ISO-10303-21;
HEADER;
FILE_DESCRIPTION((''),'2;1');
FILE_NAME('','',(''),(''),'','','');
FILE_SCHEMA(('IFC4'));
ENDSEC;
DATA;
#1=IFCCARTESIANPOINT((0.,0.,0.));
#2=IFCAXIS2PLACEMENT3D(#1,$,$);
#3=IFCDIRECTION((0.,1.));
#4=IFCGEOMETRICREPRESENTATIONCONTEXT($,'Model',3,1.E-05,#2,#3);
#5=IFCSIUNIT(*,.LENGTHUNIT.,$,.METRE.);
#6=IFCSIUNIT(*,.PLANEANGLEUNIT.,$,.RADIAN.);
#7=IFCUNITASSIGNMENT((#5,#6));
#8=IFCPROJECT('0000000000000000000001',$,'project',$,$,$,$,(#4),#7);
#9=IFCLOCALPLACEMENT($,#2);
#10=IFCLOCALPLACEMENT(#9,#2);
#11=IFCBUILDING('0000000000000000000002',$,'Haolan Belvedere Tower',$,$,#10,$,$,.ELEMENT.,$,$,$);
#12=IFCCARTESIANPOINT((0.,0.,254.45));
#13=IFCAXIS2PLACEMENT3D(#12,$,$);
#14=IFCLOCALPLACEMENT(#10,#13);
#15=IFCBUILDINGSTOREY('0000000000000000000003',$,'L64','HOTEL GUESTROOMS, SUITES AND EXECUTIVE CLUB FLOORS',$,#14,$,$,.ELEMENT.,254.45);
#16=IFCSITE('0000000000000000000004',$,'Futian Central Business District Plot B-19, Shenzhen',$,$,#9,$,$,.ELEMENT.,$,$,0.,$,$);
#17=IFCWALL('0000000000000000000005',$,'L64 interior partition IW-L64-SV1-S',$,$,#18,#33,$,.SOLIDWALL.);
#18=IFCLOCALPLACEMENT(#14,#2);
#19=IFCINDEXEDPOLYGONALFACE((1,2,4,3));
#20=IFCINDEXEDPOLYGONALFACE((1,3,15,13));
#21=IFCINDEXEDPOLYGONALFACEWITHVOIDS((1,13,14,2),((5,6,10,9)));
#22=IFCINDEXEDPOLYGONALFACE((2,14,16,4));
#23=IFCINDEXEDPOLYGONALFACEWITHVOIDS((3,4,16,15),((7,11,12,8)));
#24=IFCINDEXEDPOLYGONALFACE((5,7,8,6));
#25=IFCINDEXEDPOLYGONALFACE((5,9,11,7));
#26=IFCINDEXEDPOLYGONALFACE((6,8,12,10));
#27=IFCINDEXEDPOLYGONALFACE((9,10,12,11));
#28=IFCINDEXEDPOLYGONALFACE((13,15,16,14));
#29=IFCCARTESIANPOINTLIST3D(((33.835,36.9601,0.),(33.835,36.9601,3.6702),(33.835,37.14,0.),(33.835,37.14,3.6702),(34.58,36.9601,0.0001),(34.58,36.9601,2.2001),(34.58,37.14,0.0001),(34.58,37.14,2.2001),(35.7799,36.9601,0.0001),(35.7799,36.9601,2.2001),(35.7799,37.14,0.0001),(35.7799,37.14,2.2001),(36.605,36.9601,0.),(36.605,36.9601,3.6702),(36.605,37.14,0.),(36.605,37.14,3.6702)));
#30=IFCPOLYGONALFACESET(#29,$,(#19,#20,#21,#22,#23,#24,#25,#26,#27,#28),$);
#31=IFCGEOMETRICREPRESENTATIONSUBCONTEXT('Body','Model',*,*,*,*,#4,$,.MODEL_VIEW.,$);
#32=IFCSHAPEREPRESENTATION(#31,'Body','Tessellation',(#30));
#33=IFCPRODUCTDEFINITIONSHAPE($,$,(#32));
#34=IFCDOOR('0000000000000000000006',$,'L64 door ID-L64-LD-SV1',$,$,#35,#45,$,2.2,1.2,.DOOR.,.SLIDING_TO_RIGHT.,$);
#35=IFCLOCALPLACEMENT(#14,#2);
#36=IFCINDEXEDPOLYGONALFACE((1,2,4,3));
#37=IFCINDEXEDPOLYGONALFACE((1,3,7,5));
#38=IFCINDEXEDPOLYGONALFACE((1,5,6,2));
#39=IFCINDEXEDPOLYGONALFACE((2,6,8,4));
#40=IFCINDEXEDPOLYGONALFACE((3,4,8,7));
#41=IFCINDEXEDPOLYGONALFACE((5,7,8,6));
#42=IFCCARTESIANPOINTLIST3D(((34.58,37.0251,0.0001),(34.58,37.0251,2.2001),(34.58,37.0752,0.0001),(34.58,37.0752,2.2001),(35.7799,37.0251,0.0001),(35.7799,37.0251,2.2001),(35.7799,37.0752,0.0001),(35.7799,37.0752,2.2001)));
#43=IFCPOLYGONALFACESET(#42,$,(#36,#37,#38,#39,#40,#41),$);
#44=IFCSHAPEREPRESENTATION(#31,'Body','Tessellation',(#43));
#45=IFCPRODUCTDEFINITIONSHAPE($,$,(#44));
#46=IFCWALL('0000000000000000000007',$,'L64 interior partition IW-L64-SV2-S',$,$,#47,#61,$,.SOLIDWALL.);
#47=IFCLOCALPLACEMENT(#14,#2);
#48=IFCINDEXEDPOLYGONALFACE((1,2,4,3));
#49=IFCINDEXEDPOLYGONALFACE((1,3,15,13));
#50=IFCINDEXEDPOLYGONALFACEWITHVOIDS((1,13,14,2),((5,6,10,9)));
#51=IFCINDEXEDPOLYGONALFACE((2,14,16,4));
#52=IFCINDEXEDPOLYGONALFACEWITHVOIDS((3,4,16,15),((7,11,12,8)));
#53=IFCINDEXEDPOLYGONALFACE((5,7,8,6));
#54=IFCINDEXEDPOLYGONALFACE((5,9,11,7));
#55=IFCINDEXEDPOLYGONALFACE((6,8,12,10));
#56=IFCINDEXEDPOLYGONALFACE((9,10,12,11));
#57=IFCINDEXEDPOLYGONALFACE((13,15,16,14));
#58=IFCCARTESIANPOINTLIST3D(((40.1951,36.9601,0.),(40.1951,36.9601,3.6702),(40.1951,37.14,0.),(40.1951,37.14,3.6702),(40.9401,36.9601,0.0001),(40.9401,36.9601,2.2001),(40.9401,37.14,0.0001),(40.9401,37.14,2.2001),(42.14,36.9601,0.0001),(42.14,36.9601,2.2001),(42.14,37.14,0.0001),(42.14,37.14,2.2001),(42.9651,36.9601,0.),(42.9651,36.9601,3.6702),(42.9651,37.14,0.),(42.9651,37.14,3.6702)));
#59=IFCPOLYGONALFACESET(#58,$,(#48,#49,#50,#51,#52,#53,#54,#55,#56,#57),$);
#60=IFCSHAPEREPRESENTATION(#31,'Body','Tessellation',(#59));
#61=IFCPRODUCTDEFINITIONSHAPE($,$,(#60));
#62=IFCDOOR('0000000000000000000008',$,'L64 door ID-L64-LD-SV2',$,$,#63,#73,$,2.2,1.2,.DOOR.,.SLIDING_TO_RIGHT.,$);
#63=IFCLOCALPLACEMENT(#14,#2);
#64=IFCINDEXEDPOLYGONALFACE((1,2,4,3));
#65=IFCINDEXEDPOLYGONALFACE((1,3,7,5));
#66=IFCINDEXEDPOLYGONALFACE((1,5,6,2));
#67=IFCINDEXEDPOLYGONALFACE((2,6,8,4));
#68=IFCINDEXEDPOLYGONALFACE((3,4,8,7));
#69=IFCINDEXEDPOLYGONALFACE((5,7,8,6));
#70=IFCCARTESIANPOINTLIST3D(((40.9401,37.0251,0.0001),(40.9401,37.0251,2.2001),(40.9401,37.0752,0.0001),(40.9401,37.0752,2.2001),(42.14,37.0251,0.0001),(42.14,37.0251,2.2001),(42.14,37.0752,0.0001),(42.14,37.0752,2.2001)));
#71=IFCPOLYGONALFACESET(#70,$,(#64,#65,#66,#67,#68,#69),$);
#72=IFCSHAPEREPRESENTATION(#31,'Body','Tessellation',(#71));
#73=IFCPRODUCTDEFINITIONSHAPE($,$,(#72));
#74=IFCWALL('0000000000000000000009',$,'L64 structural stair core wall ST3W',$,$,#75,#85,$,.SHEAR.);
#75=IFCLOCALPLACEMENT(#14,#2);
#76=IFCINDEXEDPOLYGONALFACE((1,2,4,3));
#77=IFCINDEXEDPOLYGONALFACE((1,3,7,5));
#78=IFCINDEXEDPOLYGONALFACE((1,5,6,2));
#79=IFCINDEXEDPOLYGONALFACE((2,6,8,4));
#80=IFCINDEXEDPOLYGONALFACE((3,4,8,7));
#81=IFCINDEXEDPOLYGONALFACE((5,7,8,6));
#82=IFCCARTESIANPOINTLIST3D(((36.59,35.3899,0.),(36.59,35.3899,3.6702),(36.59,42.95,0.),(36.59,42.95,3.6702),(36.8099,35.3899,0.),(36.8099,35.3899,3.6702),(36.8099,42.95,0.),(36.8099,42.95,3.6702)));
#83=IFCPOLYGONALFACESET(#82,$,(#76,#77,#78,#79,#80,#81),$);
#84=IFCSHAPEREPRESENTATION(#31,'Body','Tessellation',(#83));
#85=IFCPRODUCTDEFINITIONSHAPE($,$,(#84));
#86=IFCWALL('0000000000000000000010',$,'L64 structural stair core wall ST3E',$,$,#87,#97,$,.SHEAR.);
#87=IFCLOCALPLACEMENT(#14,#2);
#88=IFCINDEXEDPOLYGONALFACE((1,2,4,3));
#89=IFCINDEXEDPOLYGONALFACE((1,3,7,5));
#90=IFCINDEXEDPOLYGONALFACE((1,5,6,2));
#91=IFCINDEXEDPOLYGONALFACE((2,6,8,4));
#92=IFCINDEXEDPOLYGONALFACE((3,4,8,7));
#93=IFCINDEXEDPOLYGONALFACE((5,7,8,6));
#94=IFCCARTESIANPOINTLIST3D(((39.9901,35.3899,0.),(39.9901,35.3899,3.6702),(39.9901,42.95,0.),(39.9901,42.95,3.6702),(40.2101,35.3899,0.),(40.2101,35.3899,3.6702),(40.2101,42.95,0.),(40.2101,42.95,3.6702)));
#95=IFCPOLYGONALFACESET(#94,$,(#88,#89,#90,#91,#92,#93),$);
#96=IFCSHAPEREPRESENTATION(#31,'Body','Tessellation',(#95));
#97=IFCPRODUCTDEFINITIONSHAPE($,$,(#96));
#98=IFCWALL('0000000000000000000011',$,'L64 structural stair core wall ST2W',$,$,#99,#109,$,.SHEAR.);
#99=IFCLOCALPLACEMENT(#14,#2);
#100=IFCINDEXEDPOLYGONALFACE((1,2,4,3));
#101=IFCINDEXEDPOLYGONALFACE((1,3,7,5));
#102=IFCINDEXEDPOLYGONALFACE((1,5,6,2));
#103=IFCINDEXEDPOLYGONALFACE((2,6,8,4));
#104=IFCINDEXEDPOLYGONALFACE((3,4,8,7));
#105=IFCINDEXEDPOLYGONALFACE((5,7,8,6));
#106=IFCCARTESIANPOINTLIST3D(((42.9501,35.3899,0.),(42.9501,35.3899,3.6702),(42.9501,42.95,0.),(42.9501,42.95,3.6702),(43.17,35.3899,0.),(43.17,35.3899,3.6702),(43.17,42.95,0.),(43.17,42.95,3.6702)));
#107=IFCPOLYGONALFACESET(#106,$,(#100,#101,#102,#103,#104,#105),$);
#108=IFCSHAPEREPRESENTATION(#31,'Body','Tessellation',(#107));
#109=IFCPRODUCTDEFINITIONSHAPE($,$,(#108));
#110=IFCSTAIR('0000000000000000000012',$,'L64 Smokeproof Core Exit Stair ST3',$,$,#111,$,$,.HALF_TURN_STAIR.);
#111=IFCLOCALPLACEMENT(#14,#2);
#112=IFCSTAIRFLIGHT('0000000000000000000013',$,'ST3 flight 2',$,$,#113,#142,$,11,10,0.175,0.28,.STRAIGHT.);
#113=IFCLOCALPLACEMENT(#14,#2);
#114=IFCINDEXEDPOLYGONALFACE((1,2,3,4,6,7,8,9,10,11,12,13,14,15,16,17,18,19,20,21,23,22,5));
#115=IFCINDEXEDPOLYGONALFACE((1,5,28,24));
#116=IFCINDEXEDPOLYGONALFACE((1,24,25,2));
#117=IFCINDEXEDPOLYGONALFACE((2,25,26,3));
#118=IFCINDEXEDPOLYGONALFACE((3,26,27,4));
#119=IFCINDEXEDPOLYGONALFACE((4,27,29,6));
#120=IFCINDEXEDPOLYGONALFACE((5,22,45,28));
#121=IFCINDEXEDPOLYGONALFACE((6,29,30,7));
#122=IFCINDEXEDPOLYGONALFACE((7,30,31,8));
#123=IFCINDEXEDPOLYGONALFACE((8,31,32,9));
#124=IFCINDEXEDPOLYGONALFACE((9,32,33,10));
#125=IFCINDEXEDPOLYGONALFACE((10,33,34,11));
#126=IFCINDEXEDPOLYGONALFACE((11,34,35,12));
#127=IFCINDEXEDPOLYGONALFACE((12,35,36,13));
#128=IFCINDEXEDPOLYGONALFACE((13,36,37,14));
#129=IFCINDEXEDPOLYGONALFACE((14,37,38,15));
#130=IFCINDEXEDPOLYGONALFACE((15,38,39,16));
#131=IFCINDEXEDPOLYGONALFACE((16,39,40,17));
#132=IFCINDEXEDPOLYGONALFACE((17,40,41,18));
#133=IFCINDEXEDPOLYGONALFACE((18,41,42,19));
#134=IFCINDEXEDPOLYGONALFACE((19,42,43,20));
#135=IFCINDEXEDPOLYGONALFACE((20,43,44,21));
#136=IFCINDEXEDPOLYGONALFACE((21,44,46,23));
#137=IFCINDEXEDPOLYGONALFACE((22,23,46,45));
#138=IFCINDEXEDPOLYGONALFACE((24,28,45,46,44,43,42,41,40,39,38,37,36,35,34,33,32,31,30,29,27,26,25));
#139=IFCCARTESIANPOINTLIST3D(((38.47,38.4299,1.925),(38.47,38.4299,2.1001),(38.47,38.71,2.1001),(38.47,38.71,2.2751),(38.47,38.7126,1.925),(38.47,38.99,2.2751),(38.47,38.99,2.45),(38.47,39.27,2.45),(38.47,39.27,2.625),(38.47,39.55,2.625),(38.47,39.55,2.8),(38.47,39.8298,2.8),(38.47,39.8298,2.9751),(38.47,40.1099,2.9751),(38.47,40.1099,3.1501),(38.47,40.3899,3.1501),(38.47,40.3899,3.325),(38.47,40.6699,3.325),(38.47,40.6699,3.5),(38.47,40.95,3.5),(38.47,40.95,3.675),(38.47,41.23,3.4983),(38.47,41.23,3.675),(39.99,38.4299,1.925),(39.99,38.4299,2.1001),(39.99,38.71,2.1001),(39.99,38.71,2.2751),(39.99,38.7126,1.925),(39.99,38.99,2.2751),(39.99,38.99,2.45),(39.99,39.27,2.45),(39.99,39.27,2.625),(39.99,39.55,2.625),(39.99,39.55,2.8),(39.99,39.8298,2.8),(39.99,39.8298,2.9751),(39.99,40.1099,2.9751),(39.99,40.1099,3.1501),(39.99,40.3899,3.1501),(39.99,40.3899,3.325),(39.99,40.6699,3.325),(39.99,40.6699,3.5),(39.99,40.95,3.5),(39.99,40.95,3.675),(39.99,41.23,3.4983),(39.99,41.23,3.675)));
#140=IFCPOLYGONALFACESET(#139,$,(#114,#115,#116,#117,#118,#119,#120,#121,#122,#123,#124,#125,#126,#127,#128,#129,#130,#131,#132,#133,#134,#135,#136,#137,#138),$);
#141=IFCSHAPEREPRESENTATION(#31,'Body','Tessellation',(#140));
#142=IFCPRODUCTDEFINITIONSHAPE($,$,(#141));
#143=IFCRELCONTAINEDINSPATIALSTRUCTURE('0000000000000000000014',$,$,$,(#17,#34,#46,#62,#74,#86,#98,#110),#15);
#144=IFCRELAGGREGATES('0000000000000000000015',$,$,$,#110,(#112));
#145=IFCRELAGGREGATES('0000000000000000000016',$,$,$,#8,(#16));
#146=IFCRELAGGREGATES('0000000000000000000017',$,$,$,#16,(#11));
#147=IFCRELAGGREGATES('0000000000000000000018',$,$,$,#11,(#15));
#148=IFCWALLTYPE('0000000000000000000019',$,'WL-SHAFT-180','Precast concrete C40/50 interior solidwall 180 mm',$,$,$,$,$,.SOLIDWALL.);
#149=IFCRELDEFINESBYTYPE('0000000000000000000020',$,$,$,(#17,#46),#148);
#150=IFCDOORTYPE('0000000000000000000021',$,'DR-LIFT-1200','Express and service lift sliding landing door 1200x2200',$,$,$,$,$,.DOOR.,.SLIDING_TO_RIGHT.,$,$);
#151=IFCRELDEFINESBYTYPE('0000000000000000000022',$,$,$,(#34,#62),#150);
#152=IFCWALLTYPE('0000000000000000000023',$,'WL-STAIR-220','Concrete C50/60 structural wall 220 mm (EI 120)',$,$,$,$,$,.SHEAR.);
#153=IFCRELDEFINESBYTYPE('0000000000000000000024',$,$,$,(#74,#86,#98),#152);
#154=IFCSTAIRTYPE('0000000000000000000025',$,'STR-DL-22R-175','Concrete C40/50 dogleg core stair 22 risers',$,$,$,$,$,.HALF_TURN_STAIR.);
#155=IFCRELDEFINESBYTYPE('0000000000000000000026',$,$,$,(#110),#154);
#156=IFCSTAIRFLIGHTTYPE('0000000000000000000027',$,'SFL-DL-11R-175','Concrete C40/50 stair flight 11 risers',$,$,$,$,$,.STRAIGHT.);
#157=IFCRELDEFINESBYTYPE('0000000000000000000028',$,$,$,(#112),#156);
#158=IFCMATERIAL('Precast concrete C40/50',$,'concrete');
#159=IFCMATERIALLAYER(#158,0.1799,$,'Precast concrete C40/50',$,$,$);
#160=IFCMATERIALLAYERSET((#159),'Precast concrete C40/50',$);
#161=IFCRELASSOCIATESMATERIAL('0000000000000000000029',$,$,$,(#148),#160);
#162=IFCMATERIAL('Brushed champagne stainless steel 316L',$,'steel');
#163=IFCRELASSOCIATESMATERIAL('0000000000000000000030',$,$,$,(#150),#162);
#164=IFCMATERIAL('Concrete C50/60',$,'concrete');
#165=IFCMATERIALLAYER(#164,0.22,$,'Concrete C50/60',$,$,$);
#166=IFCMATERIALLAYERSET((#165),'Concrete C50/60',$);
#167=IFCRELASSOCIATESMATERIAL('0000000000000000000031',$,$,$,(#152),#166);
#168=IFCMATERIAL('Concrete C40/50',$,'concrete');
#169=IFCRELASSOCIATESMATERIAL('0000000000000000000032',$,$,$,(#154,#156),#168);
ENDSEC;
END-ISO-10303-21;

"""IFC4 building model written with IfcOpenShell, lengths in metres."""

from ifc_helpers import new_model, si_unit, direction, frame, frame_2d, origin, place, context, subcontext, project, spatial, polyline, rectangle, outline, extrude, material, layer, layer_set, type_object, element, fill, aggregate, save


model = new_model("IFC4")

# Units and contexts
model_context = context("Model", 3, precision=1e-05, world=origin(), true_north=direction((0.0, 1.0)))
body_context = subcontext(model_context, "Body", "Model", "MODEL_VIEW")
ifc_project = project(units=[si_unit("LENGTHUNIT", "METRE"), si_unit("PLANEANGLEUNIT", "RADIAN")], contexts=[model_context])

# Site, building, storey
site_placement = place(None, origin())
site = spatial("IfcSite", under=ifc_project, at=site_placement, Name="Futian Central Business District Plot B-19, Shenzhen", CompositionType="ELEMENT", RefElevation=0.0)
building_placement = place(site_placement, origin())
building = spatial("IfcBuilding", under=site, at=building_placement, Name="Haolan Belvedere Tower", CompositionType="ELEMENT")
storey_placement = place(building_placement, frame((0.0, 0.0, 254.45)))
storey = spatial("IfcBuildingStorey", under=building, at=storey_placement, Name="L64", Description="HOTEL GUESTROOMS, SUITES AND EXECUTIVE CLUB FLOORS", CompositionType="ELEMENT", Elevation=254.45)

# Shared definitions
ifc_material_1 = material(Name="Brushed champagne stainless steel 316L", Category="steel")

# Walls, openings, doors
ifc_material_2 = material(Name="Precast concrete C40/50", Category="concrete")
ifc_layer_1 = layer(ifc_material_2, 0.1799, Name="Precast concrete C40/50")
ifc_layer_set_1 = layer_set([ifc_layer_1], Name="Precast concrete C40/50")
wall_type_1 = type_object("IfcWallType", Name="WL-SHAFT-180", Description="Precast concrete C40/50 interior solidwall 180 mm", PredefinedType="SOLIDWALL", material=ifc_layer_set_1)
wall_1_placement = place(storey_placement, frame((33.835, 37.05, 0.0), z_axis=(0.0, 0.0, 1.0), x_axis=(1.0, 0.0, 0.0)))
wall_1 = element("IfcWall", 1, at=wall_1_placement, inside=storey, type_object=wall_type_1, Name="L64 interior partition IW-L64-SV1-S", PredefinedType="SOLIDWALL", context=body_context, shape_type="SweptSolid", body=[
    extrude(rectangle(XDim=2.77, YDim=0.1799, at=frame_2d((1.385, 0.0))), origin(), (0.0, 0.0, 1.0), 3.6702),
])
opening_1_placement = place(wall_1_placement, frame((1.9451, 0.0, 0.0), z_axis=(0.0, 0.0, 1.0), x_axis=(-1.0, 0.0, 0.0)))
opening_1 = element("IfcOpeningElement", 2, at=opening_1_placement, cuts=wall_1, PredefinedType="OPENING", context=body_context, shape_type="SweptSolid", body=[
    extrude(rectangle(XDim=1.2, YDim=2.2, at=frame_2d((0.6001, 1.1001))), frame((0.0, 0.0999, 0.0), z_axis=(0.0, -1.0, 0.0), x_axis=(1.0, 0.0, 0.0)), (0.0, 0.0, 1.0), 0.2),
])
door_type_1 = type_object("IfcDoorType", Name="DR-LIFT-1200", Description="Express and service lift sliding landing door 1200x2200", OperationType="SLIDING_TO_RIGHT", PredefinedType="DOOR", material=ifc_material_1)
door_1_placement = place(opening_1_placement, origin())
door_1 = element("IfcDoor", 3, at=door_1_placement, inside=storey, type_object=door_type_1, Name="L64 door ID-L64-LD-SV1", OperationType="SLIDING_TO_RIGHT", OverallHeight=2.2, OverallWidth=1.2, PredefinedType="DOOR", context=body_context, shape_type="SweptSolid", body=[
    extrude(rectangle(XDim=1.2, YDim=2.2, at=frame_2d((0.6001, 1.1001))), frame((0.0, 0.0249, 0.0), z_axis=(0.0, -1.0, 0.0), x_axis=(1.0, 0.0, 0.0)), (0.0, 0.0, 1.0), 0.05),
])
fill(opening_1, door_1)
wall_2_placement = place(storey_placement, frame((40.1951, 37.05, 0.0), z_axis=(0.0, 0.0, 1.0), x_axis=(1.0, 0.0, 0.0)))
wall_2 = element("IfcWall", 4, at=wall_2_placement, inside=storey, type_object=wall_type_1, Name="L64 interior partition IW-L64-SV2-S", PredefinedType="SOLIDWALL", context=body_context, shape_type="SweptSolid", body=[
    extrude(rectangle(XDim=2.77, YDim=0.1799, at=frame_2d((1.385, 0.0))), origin(), (0.0, 0.0, 1.0), 3.6702),
])
opening_2_placement = place(wall_2_placement, frame((1.9451, 0.0, 0.0), z_axis=(0.0, 0.0, 1.0), x_axis=(-1.0, 0.0, 0.0)))
opening_2 = element("IfcOpeningElement", 5, at=opening_2_placement, cuts=wall_2, PredefinedType="OPENING", context=body_context, shape_type="SweptSolid", body=[
    extrude(rectangle(XDim=1.2, YDim=2.2, at=frame_2d((0.6001, 1.1001))), frame((0.0, 0.0999, 0.0), z_axis=(0.0, -1.0, 0.0), x_axis=(1.0, 0.0, 0.0)), (0.0, 0.0, 1.0), 0.2),
])
door_2_placement = place(opening_2_placement, origin())
door_2 = element("IfcDoor", 6, at=door_2_placement, inside=storey, type_object=door_type_1, Name="L64 door ID-L64-LD-SV2", OperationType="SLIDING_TO_RIGHT", OverallHeight=2.2, OverallWidth=1.2, PredefinedType="DOOR", context=body_context, shape_type="SweptSolid", body=[
    extrude(rectangle(XDim=1.2, YDim=2.2, at=frame_2d((0.6001, 1.1001))), frame((0.0, 0.0249, 0.0), z_axis=(0.0, -1.0, 0.0), x_axis=(1.0, 0.0, 0.0)), (0.0, 0.0, 1.0), 0.05),
])
fill(opening_2, door_2)

# Walls
ifc_material_3 = material(Name="Concrete C50/60", Category="concrete")
ifc_layer_2 = layer(ifc_material_3, 0.22, Name="Concrete C50/60")
ifc_layer_set_2 = layer_set([ifc_layer_2], Name="Concrete C50/60")
wall_type_2 = type_object("IfcWallType", Name="WL-STAIR-220", Description="Concrete C50/60 structural wall 220 mm (EI 120)", PredefinedType="SHEAR", material=ifc_layer_set_2)
for number, where, z_axis, x_axis, name in (
    (7, (36.7, 35.3899, 0.0), (0.0, 0.0, 1.0), (0.0, 1.0, 0.0), "L64 structural stair core wall ST3W"),
    (8, (40.1001, 35.3899, 0.0), (0.0, 0.0, 1.0), (0.0, 1.0, 0.0), "L64 structural stair core wall ST3E"),
    (9, (43.0601, 35.3899, 0.0), (0.0, 0.0, 1.0), (0.0, 1.0, 0.0), "L64 structural stair core wall ST2W"),
):
    element("IfcWall", number, at=place(storey_placement, frame(where, z_axis=z_axis, x_axis=x_axis)), inside=storey, type_object=wall_type_2, Name=name, PredefinedType="SHEAR", context=body_context, shape_type="SweptSolid", body=[
        extrude(rectangle(XDim=7.5601, YDim=0.22, at=frame_2d((3.78, 0.0))), origin(), (0.0, 0.0, 1.0), 3.6702),
    ])

# Stair, stair flight
ifc_material_4 = material(Name="Concrete C40/50", Category="concrete")
stair_type = type_object("IfcStairType", Name="STR-DL-22R-175", Description="Concrete C40/50 dogleg core stair 22 risers", PredefinedType="HALF_TURN_STAIR", material=ifc_material_4)
stair_placement = place(storey_placement, origin())
stair = element("IfcStair", 10, at=stair_placement, inside=storey, type_object=stair_type, Name="L64 Smokeproof Core Exit Stair ST3", PredefinedType="HALF_TURN_STAIR")
stair_flight_type = type_object("IfcStairFlightType", Name="SFL-DL-11R-175", Description="Concrete C40/50 stair flight 11 risers", PredefinedType="STRAIGHT", material=ifc_material_4)
stair_flight_placement = place(storey_placement, frame((39.23, 38.4299, 1.925), z_axis=(0.0, 0.0, 1.0), x_axis=(0.0, 1.0, 0.0)))
stair_flight = element("IfcStairFlight", 11, at=stair_flight_placement, type_object=stair_flight_type, Name="ST3 flight 2", NumberOfRisers=11, NumberOfTreads=10, PredefinedType="STRAIGHT", RiserHeight=0.175, TreadLength=0.28, context=body_context, shape_type="SweptSolid", body=[
    extrude(outline(polyline([(0.0, 0.0), (0.0, 0.175), (0.28, 0.175), (0.28, 0.3501), (0.5601, 0.3501), (0.5601, 0.5249), (0.8401, 0.5249), (0.8401, 0.7), (1.1201, 0.7), (1.1201, 0.875), (1.3999, 0.875), (1.3999, 1.05), (1.6799, 1.05), (1.6799, 1.2251), (1.96, 1.2251), (1.96, 1.3999), (2.24, 1.3999), (2.24, 1.575), (2.52, 1.575), (2.52, 1.75), (2.8, 1.75), (2.8, 1.925), (2.8, 1.5732), (0.2827, 0.0), (0.0, 0.0)])), frame((0.0, 0.76, 0.0), z_axis=(0.0, -1.0, 0.0), x_axis=(1.0, 0.0, 0.0)), (0.0, 0.0, 1.0), 1.52),
])
aggregate(stair, [stair_flight])

save(model, "model.ifc")
